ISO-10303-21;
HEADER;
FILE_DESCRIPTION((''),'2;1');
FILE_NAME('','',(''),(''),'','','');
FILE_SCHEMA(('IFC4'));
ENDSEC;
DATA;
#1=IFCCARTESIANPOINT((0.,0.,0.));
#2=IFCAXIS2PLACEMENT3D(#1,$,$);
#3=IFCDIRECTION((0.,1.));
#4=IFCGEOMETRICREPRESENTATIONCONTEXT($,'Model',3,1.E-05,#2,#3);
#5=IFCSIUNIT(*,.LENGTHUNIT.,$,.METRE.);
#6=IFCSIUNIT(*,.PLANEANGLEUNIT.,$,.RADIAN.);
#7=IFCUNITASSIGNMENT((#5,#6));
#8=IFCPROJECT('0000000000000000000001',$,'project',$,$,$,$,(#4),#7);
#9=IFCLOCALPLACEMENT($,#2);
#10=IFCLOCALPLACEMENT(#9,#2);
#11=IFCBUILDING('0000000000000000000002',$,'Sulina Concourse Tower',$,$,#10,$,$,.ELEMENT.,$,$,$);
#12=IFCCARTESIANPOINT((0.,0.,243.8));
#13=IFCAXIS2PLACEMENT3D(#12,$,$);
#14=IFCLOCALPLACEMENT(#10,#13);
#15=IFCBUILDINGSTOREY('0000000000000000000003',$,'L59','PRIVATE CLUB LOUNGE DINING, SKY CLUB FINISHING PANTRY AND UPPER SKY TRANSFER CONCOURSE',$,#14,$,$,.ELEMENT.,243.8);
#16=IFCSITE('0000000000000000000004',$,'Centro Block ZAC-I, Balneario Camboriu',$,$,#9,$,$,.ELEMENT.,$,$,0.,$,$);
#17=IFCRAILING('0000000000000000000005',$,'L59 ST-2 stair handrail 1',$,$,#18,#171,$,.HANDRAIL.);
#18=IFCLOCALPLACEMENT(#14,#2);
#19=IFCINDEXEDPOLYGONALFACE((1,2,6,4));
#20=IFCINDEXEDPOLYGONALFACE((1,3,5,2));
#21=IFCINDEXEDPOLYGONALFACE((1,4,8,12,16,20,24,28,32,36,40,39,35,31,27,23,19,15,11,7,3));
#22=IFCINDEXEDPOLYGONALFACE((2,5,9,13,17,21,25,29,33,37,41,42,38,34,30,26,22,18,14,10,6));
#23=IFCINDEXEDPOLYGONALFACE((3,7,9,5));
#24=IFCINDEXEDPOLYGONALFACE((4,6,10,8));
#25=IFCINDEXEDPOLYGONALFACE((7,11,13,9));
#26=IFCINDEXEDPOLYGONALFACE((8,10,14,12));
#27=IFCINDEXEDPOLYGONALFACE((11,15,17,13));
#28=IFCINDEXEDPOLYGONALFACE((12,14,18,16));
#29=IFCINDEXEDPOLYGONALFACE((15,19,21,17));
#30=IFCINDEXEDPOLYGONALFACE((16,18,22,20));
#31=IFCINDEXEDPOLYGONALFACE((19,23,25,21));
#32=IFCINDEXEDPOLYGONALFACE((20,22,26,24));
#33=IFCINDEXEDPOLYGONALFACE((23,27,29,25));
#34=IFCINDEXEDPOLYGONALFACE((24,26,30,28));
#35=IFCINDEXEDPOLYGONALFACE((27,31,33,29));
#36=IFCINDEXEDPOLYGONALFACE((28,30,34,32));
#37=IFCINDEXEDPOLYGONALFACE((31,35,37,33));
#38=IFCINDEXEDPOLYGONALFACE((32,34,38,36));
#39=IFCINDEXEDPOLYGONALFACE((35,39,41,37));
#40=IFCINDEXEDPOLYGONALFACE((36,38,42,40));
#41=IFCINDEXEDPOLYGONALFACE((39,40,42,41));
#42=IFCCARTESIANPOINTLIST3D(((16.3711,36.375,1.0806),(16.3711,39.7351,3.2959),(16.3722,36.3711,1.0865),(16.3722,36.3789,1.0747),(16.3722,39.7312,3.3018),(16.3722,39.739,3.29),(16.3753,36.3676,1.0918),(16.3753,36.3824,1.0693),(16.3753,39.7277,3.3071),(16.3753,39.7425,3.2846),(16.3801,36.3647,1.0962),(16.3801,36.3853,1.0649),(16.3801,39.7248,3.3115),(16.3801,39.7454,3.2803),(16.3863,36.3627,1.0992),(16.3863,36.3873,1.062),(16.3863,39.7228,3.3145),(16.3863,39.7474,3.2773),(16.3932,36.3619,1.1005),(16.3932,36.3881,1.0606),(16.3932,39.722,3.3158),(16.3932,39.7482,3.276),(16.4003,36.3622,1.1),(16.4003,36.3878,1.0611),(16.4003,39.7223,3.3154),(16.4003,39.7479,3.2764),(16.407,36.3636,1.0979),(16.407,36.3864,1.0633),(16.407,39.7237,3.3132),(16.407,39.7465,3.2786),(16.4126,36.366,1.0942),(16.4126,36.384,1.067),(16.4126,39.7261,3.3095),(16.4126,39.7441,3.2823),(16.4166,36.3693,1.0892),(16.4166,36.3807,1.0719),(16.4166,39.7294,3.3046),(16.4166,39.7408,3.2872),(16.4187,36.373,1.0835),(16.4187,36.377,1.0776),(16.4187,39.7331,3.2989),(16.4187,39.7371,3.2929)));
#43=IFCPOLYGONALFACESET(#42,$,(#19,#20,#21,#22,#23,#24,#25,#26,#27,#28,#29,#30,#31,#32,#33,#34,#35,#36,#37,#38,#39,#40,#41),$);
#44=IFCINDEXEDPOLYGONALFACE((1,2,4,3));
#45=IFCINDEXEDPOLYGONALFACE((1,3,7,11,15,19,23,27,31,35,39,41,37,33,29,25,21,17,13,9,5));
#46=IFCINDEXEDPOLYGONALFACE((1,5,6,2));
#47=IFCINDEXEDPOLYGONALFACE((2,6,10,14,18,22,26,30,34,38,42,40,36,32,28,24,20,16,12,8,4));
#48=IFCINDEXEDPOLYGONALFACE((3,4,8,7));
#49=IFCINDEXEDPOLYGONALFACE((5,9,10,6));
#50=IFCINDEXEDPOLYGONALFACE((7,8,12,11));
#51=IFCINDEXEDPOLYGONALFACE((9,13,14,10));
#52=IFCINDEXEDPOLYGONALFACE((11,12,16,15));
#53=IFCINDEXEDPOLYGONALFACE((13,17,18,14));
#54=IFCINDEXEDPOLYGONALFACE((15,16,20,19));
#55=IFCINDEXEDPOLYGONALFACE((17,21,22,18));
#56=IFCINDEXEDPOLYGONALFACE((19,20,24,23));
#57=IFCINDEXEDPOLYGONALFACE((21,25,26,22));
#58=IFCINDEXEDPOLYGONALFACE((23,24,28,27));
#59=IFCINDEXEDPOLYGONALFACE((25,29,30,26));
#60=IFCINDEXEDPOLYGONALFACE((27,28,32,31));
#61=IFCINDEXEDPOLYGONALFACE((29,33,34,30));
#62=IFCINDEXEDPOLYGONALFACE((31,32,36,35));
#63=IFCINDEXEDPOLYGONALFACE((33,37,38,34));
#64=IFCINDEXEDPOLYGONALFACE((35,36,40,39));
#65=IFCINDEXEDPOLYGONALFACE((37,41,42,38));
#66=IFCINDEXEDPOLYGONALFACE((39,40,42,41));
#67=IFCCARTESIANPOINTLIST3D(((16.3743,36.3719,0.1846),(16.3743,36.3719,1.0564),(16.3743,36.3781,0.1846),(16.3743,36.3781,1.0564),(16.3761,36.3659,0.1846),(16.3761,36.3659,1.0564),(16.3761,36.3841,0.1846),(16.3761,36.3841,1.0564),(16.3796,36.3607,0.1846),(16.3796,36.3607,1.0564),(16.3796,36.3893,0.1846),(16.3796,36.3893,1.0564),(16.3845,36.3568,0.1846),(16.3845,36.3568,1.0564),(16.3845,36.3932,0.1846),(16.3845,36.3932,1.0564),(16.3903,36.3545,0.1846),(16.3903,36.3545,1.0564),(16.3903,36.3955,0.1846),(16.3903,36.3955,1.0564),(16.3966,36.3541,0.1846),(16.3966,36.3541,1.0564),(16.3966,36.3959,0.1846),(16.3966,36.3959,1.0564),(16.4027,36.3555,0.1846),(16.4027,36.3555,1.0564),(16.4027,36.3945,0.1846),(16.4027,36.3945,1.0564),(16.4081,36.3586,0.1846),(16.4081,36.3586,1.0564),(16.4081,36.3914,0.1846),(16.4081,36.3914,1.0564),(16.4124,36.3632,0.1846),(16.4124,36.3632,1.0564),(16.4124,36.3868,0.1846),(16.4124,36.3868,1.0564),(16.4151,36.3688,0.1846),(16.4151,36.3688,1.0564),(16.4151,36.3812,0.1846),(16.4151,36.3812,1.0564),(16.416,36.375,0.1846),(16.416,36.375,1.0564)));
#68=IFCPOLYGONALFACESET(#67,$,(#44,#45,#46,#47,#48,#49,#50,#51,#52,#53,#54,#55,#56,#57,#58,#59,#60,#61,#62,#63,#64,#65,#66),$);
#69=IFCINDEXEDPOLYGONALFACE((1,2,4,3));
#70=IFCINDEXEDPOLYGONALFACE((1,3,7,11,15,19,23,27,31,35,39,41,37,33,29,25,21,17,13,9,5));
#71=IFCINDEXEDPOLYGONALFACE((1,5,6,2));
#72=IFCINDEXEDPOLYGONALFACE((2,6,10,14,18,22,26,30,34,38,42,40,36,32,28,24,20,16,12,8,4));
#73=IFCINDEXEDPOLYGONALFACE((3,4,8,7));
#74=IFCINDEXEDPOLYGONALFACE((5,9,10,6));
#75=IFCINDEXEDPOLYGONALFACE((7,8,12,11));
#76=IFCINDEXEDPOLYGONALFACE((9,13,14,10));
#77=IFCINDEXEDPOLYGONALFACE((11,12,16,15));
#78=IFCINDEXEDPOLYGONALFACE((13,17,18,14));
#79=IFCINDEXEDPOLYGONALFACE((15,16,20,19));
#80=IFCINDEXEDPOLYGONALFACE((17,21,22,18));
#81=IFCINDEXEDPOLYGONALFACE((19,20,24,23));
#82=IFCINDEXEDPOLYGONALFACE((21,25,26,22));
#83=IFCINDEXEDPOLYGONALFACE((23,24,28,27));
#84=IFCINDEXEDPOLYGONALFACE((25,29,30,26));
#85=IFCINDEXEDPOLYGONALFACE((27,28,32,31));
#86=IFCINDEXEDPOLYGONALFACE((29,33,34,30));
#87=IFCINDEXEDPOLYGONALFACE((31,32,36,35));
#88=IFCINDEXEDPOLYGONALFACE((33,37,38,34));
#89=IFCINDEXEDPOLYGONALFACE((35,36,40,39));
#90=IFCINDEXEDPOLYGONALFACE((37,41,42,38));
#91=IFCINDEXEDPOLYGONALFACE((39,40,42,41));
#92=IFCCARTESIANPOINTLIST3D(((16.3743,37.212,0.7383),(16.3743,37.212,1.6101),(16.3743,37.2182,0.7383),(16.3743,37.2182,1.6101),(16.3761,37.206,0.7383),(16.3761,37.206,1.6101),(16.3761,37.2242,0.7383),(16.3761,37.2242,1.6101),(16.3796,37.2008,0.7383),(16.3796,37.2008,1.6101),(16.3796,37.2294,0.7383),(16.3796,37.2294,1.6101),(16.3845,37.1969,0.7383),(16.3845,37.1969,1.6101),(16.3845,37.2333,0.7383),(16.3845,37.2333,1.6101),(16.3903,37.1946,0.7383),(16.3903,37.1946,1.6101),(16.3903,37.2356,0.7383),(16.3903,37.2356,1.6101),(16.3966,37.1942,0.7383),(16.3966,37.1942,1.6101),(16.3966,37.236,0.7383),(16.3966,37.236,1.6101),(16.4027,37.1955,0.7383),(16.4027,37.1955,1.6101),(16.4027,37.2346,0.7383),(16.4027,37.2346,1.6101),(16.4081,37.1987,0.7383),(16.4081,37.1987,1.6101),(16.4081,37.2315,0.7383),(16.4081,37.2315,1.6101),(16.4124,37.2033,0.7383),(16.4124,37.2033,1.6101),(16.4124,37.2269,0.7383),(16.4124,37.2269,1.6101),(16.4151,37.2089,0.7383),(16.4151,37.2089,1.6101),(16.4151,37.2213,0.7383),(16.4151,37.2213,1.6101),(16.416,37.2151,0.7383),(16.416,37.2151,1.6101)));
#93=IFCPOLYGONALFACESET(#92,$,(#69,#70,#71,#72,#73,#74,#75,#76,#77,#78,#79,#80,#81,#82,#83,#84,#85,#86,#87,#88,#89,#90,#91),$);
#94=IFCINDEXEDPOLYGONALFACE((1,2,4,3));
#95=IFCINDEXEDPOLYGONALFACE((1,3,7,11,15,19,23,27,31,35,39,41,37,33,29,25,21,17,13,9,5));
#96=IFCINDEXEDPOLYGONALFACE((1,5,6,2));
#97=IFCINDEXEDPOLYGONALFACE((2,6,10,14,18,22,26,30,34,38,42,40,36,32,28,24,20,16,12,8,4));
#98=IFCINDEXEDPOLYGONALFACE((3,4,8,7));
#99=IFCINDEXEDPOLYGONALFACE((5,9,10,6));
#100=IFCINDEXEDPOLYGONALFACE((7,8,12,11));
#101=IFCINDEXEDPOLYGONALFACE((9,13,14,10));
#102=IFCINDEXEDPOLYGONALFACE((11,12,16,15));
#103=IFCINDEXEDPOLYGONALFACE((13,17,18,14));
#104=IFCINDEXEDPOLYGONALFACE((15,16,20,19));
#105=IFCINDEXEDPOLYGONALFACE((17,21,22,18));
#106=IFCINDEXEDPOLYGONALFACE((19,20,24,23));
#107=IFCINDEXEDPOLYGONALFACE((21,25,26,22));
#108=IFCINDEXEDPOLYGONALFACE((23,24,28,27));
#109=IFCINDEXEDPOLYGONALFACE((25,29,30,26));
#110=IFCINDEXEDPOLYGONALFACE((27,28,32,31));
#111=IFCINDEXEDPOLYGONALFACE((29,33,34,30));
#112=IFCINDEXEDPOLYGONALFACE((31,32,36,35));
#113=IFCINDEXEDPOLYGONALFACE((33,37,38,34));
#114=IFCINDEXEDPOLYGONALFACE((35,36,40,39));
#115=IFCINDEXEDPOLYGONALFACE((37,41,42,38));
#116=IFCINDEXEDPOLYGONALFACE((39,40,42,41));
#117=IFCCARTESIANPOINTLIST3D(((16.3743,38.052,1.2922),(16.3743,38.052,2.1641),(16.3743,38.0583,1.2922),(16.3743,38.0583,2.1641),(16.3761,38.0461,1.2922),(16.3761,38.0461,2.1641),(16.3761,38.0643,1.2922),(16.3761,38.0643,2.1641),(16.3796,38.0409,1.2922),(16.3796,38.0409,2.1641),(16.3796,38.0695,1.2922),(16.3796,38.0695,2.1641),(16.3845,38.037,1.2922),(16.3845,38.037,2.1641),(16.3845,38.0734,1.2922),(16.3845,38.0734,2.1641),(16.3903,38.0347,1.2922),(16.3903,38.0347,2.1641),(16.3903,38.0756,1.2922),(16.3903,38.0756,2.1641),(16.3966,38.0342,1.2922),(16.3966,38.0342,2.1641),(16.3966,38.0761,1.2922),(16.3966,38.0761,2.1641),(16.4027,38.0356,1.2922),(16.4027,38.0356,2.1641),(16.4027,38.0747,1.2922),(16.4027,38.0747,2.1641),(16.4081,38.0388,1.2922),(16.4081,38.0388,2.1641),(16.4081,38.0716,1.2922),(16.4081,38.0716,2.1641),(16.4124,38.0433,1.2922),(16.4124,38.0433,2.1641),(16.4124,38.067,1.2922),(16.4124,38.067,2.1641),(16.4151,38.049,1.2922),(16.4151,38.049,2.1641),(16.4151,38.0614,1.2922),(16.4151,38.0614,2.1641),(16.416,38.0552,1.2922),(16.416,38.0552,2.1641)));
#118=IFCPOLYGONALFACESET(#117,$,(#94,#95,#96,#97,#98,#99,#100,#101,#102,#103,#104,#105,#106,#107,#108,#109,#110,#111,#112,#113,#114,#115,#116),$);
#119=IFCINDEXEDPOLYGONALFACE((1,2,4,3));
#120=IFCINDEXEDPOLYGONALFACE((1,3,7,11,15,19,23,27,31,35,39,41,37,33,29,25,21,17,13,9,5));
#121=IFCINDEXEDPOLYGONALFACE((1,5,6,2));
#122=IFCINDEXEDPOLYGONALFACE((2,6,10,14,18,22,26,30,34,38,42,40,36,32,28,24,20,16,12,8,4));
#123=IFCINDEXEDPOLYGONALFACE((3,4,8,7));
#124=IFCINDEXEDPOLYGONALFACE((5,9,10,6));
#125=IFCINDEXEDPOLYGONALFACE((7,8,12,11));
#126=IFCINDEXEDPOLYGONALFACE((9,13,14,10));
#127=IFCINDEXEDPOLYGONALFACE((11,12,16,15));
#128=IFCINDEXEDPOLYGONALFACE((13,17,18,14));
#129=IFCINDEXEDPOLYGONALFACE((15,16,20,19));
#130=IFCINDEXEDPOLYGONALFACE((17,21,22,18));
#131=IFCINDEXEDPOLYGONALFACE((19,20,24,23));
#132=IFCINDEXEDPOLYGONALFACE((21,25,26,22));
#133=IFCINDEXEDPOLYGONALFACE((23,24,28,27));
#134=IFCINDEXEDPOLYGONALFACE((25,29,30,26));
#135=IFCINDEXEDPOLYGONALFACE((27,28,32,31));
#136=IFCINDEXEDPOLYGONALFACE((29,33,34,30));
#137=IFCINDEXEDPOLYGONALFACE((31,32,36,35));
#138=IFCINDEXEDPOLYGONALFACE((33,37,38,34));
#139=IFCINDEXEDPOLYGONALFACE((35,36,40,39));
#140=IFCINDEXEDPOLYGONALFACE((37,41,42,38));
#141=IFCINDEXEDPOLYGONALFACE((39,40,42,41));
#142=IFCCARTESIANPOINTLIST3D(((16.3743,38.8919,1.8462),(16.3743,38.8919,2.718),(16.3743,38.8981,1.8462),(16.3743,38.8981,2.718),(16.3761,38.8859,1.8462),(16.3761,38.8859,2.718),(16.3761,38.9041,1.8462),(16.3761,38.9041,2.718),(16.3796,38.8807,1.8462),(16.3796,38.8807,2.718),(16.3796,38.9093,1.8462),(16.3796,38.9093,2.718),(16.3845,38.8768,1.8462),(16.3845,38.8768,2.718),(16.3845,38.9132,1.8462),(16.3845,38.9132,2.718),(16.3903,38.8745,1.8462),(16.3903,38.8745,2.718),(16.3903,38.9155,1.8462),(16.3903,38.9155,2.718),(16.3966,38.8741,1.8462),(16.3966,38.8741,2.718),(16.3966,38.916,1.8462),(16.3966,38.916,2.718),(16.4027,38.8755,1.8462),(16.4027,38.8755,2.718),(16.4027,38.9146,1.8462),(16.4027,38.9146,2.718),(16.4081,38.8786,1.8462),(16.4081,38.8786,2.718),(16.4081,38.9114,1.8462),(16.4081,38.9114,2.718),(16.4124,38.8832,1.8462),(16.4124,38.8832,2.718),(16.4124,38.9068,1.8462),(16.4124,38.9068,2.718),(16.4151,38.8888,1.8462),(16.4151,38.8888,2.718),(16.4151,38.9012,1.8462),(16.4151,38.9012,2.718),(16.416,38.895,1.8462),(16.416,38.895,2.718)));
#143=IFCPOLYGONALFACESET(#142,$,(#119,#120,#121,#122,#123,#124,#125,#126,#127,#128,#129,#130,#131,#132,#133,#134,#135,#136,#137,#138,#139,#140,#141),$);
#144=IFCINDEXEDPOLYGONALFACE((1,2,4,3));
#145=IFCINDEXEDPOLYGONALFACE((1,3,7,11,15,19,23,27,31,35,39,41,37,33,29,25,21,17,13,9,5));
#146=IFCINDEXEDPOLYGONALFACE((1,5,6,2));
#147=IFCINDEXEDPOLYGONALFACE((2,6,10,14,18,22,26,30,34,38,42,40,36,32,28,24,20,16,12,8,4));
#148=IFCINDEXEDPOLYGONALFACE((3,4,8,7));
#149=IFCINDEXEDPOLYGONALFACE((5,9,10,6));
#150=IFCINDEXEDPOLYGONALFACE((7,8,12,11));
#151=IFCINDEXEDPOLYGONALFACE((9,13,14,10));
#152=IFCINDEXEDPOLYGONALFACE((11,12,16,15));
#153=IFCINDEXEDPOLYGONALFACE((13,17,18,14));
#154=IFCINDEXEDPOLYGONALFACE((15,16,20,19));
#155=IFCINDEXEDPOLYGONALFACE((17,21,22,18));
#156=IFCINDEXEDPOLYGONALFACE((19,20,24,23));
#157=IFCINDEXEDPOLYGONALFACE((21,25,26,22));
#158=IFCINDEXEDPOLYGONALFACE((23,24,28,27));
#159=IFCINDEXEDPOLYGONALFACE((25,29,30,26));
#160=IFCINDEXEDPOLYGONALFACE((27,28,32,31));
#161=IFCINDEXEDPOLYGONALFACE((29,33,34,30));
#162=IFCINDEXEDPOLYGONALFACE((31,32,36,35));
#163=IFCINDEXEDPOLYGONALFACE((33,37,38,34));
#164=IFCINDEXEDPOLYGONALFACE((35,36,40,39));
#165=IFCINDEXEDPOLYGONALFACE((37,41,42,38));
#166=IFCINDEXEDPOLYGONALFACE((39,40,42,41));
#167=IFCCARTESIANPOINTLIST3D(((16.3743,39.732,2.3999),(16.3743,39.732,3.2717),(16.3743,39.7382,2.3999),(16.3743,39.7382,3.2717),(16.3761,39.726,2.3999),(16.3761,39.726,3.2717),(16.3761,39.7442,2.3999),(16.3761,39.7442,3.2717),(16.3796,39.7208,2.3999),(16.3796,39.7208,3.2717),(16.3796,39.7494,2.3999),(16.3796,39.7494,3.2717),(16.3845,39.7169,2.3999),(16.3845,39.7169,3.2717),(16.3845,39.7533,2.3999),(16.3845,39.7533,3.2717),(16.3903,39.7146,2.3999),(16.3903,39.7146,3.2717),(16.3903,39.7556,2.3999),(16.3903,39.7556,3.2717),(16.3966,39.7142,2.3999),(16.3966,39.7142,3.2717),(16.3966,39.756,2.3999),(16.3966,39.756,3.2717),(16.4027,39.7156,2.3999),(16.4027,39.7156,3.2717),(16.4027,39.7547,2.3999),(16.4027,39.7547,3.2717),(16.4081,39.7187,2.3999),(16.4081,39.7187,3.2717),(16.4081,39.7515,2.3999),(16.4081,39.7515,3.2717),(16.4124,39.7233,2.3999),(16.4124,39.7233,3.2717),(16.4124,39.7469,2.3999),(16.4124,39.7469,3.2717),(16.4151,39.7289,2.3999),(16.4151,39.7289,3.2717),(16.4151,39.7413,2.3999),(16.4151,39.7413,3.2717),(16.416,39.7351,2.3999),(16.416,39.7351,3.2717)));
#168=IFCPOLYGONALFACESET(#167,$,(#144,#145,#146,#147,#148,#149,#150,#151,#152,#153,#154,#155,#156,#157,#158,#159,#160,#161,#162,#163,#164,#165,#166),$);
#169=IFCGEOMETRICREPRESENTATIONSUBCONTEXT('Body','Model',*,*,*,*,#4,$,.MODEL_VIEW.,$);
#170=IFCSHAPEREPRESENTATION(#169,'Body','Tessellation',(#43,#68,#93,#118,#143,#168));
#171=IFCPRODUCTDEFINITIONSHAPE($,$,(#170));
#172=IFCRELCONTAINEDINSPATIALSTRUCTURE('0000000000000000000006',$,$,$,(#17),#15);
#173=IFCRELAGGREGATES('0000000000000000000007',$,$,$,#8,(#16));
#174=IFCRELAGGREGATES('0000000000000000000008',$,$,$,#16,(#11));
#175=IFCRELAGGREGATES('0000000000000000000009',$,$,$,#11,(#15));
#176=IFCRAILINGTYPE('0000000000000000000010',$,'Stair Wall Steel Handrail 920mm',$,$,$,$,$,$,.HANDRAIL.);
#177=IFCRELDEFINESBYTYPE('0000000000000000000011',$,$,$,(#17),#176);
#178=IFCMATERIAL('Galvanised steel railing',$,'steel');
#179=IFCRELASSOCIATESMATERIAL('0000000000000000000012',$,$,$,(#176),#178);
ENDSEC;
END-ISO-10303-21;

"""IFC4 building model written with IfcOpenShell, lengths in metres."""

from ifc_helpers import new_model, si_unit, direction, frame, origin, origin_2d, place, context, subcontext, project, spatial, circle, extrude, material, type_object, element, save


model = new_model("IFC4")

# Units and contexts
model_context = context("Model", 3, precision=1e-05, world=origin(), true_north=direction((0.0, 1.0)))
body_context = subcontext(model_context, "Body", "Model", "MODEL_VIEW")
ifc_project = project(units=[si_unit("LENGTHUNIT", "METRE"), si_unit("PLANEANGLEUNIT", "RADIAN")], contexts=[model_context])

# Site, building, storey
site_placement = place(None, origin())
site = spatial("IfcSite", under=ifc_project, at=site_placement, Name="Centro Block ZAC-I, Balneario Camboriu", CompositionType="ELEMENT", RefElevation=0.0)
building_placement = place(site_placement, origin())
building = spatial("IfcBuilding", under=site, at=building_placement, Name="Sulina Concourse Tower", CompositionType="ELEMENT")
storey_placement = place(building_placement, frame((0.0, 0.0, 243.8)))
storey = spatial("IfcBuildingStorey", under=building, at=storey_placement, Name="L59", Description="PRIVATE CLUB LOUNGE DINING, SKY CLUB FINISHING PANTRY AND UPPER SKY TRANSFER CONCOURSE", CompositionType="ELEMENT", Elevation=243.8)

# Railing
ifc_material_1 = material(Name="Galvanised steel railing", Category="steel")
railing_type_1 = type_object("IfcRailingType", Name="Stair Wall Steel Handrail 920mm", PredefinedType="HANDRAIL", material=ifc_material_1)
railing_1_placement = place(storey_placement, frame((16.395, 36.375, 0.1846)))
element("IfcRailing", 1, at=railing_1_placement, inside=storey, type_object=railing_type_1, Name="L59 ST-2 stair handrail 1", PredefinedType="HANDRAIL", context=body_context, shape_type="SweptSolid", body=[
    extrude(circle(Radius=0.0239, at=origin_2d()), frame((0.0, 0.0, 0.896), z_axis=(0.0, 0.834876, 0.550437), x_axis=(-1.0, 0.0, 0.0)), (0.0, 0.0, 1.0), 4.0247),
    extrude(circle(Radius=0.021, at=origin_2d()), origin(), (0.0, 0.0, 1.0), 0.8718),
    extrude(circle(Radius=0.021, at=origin_2d()), frame((0.0, 0.8401, 0.5537)), (0.0, 0.0, 1.0), 0.8718),
    extrude(circle(Radius=0.021, at=origin_2d()), frame((0.0, 1.6802, 1.1077)), (0.0, 0.0, 1.0), 0.8718),
    extrude(circle(Radius=0.021, at=origin_2d()), frame((0.0, 2.52, 1.6616)), (0.0, 0.0, 1.0), 0.8718),
    extrude(circle(Radius=0.021, at=origin_2d()), frame((0.0, 3.3601, 2.2153)), (0.0, 0.0, 1.0), 0.8718),
])

save(model, "model.ifc")
